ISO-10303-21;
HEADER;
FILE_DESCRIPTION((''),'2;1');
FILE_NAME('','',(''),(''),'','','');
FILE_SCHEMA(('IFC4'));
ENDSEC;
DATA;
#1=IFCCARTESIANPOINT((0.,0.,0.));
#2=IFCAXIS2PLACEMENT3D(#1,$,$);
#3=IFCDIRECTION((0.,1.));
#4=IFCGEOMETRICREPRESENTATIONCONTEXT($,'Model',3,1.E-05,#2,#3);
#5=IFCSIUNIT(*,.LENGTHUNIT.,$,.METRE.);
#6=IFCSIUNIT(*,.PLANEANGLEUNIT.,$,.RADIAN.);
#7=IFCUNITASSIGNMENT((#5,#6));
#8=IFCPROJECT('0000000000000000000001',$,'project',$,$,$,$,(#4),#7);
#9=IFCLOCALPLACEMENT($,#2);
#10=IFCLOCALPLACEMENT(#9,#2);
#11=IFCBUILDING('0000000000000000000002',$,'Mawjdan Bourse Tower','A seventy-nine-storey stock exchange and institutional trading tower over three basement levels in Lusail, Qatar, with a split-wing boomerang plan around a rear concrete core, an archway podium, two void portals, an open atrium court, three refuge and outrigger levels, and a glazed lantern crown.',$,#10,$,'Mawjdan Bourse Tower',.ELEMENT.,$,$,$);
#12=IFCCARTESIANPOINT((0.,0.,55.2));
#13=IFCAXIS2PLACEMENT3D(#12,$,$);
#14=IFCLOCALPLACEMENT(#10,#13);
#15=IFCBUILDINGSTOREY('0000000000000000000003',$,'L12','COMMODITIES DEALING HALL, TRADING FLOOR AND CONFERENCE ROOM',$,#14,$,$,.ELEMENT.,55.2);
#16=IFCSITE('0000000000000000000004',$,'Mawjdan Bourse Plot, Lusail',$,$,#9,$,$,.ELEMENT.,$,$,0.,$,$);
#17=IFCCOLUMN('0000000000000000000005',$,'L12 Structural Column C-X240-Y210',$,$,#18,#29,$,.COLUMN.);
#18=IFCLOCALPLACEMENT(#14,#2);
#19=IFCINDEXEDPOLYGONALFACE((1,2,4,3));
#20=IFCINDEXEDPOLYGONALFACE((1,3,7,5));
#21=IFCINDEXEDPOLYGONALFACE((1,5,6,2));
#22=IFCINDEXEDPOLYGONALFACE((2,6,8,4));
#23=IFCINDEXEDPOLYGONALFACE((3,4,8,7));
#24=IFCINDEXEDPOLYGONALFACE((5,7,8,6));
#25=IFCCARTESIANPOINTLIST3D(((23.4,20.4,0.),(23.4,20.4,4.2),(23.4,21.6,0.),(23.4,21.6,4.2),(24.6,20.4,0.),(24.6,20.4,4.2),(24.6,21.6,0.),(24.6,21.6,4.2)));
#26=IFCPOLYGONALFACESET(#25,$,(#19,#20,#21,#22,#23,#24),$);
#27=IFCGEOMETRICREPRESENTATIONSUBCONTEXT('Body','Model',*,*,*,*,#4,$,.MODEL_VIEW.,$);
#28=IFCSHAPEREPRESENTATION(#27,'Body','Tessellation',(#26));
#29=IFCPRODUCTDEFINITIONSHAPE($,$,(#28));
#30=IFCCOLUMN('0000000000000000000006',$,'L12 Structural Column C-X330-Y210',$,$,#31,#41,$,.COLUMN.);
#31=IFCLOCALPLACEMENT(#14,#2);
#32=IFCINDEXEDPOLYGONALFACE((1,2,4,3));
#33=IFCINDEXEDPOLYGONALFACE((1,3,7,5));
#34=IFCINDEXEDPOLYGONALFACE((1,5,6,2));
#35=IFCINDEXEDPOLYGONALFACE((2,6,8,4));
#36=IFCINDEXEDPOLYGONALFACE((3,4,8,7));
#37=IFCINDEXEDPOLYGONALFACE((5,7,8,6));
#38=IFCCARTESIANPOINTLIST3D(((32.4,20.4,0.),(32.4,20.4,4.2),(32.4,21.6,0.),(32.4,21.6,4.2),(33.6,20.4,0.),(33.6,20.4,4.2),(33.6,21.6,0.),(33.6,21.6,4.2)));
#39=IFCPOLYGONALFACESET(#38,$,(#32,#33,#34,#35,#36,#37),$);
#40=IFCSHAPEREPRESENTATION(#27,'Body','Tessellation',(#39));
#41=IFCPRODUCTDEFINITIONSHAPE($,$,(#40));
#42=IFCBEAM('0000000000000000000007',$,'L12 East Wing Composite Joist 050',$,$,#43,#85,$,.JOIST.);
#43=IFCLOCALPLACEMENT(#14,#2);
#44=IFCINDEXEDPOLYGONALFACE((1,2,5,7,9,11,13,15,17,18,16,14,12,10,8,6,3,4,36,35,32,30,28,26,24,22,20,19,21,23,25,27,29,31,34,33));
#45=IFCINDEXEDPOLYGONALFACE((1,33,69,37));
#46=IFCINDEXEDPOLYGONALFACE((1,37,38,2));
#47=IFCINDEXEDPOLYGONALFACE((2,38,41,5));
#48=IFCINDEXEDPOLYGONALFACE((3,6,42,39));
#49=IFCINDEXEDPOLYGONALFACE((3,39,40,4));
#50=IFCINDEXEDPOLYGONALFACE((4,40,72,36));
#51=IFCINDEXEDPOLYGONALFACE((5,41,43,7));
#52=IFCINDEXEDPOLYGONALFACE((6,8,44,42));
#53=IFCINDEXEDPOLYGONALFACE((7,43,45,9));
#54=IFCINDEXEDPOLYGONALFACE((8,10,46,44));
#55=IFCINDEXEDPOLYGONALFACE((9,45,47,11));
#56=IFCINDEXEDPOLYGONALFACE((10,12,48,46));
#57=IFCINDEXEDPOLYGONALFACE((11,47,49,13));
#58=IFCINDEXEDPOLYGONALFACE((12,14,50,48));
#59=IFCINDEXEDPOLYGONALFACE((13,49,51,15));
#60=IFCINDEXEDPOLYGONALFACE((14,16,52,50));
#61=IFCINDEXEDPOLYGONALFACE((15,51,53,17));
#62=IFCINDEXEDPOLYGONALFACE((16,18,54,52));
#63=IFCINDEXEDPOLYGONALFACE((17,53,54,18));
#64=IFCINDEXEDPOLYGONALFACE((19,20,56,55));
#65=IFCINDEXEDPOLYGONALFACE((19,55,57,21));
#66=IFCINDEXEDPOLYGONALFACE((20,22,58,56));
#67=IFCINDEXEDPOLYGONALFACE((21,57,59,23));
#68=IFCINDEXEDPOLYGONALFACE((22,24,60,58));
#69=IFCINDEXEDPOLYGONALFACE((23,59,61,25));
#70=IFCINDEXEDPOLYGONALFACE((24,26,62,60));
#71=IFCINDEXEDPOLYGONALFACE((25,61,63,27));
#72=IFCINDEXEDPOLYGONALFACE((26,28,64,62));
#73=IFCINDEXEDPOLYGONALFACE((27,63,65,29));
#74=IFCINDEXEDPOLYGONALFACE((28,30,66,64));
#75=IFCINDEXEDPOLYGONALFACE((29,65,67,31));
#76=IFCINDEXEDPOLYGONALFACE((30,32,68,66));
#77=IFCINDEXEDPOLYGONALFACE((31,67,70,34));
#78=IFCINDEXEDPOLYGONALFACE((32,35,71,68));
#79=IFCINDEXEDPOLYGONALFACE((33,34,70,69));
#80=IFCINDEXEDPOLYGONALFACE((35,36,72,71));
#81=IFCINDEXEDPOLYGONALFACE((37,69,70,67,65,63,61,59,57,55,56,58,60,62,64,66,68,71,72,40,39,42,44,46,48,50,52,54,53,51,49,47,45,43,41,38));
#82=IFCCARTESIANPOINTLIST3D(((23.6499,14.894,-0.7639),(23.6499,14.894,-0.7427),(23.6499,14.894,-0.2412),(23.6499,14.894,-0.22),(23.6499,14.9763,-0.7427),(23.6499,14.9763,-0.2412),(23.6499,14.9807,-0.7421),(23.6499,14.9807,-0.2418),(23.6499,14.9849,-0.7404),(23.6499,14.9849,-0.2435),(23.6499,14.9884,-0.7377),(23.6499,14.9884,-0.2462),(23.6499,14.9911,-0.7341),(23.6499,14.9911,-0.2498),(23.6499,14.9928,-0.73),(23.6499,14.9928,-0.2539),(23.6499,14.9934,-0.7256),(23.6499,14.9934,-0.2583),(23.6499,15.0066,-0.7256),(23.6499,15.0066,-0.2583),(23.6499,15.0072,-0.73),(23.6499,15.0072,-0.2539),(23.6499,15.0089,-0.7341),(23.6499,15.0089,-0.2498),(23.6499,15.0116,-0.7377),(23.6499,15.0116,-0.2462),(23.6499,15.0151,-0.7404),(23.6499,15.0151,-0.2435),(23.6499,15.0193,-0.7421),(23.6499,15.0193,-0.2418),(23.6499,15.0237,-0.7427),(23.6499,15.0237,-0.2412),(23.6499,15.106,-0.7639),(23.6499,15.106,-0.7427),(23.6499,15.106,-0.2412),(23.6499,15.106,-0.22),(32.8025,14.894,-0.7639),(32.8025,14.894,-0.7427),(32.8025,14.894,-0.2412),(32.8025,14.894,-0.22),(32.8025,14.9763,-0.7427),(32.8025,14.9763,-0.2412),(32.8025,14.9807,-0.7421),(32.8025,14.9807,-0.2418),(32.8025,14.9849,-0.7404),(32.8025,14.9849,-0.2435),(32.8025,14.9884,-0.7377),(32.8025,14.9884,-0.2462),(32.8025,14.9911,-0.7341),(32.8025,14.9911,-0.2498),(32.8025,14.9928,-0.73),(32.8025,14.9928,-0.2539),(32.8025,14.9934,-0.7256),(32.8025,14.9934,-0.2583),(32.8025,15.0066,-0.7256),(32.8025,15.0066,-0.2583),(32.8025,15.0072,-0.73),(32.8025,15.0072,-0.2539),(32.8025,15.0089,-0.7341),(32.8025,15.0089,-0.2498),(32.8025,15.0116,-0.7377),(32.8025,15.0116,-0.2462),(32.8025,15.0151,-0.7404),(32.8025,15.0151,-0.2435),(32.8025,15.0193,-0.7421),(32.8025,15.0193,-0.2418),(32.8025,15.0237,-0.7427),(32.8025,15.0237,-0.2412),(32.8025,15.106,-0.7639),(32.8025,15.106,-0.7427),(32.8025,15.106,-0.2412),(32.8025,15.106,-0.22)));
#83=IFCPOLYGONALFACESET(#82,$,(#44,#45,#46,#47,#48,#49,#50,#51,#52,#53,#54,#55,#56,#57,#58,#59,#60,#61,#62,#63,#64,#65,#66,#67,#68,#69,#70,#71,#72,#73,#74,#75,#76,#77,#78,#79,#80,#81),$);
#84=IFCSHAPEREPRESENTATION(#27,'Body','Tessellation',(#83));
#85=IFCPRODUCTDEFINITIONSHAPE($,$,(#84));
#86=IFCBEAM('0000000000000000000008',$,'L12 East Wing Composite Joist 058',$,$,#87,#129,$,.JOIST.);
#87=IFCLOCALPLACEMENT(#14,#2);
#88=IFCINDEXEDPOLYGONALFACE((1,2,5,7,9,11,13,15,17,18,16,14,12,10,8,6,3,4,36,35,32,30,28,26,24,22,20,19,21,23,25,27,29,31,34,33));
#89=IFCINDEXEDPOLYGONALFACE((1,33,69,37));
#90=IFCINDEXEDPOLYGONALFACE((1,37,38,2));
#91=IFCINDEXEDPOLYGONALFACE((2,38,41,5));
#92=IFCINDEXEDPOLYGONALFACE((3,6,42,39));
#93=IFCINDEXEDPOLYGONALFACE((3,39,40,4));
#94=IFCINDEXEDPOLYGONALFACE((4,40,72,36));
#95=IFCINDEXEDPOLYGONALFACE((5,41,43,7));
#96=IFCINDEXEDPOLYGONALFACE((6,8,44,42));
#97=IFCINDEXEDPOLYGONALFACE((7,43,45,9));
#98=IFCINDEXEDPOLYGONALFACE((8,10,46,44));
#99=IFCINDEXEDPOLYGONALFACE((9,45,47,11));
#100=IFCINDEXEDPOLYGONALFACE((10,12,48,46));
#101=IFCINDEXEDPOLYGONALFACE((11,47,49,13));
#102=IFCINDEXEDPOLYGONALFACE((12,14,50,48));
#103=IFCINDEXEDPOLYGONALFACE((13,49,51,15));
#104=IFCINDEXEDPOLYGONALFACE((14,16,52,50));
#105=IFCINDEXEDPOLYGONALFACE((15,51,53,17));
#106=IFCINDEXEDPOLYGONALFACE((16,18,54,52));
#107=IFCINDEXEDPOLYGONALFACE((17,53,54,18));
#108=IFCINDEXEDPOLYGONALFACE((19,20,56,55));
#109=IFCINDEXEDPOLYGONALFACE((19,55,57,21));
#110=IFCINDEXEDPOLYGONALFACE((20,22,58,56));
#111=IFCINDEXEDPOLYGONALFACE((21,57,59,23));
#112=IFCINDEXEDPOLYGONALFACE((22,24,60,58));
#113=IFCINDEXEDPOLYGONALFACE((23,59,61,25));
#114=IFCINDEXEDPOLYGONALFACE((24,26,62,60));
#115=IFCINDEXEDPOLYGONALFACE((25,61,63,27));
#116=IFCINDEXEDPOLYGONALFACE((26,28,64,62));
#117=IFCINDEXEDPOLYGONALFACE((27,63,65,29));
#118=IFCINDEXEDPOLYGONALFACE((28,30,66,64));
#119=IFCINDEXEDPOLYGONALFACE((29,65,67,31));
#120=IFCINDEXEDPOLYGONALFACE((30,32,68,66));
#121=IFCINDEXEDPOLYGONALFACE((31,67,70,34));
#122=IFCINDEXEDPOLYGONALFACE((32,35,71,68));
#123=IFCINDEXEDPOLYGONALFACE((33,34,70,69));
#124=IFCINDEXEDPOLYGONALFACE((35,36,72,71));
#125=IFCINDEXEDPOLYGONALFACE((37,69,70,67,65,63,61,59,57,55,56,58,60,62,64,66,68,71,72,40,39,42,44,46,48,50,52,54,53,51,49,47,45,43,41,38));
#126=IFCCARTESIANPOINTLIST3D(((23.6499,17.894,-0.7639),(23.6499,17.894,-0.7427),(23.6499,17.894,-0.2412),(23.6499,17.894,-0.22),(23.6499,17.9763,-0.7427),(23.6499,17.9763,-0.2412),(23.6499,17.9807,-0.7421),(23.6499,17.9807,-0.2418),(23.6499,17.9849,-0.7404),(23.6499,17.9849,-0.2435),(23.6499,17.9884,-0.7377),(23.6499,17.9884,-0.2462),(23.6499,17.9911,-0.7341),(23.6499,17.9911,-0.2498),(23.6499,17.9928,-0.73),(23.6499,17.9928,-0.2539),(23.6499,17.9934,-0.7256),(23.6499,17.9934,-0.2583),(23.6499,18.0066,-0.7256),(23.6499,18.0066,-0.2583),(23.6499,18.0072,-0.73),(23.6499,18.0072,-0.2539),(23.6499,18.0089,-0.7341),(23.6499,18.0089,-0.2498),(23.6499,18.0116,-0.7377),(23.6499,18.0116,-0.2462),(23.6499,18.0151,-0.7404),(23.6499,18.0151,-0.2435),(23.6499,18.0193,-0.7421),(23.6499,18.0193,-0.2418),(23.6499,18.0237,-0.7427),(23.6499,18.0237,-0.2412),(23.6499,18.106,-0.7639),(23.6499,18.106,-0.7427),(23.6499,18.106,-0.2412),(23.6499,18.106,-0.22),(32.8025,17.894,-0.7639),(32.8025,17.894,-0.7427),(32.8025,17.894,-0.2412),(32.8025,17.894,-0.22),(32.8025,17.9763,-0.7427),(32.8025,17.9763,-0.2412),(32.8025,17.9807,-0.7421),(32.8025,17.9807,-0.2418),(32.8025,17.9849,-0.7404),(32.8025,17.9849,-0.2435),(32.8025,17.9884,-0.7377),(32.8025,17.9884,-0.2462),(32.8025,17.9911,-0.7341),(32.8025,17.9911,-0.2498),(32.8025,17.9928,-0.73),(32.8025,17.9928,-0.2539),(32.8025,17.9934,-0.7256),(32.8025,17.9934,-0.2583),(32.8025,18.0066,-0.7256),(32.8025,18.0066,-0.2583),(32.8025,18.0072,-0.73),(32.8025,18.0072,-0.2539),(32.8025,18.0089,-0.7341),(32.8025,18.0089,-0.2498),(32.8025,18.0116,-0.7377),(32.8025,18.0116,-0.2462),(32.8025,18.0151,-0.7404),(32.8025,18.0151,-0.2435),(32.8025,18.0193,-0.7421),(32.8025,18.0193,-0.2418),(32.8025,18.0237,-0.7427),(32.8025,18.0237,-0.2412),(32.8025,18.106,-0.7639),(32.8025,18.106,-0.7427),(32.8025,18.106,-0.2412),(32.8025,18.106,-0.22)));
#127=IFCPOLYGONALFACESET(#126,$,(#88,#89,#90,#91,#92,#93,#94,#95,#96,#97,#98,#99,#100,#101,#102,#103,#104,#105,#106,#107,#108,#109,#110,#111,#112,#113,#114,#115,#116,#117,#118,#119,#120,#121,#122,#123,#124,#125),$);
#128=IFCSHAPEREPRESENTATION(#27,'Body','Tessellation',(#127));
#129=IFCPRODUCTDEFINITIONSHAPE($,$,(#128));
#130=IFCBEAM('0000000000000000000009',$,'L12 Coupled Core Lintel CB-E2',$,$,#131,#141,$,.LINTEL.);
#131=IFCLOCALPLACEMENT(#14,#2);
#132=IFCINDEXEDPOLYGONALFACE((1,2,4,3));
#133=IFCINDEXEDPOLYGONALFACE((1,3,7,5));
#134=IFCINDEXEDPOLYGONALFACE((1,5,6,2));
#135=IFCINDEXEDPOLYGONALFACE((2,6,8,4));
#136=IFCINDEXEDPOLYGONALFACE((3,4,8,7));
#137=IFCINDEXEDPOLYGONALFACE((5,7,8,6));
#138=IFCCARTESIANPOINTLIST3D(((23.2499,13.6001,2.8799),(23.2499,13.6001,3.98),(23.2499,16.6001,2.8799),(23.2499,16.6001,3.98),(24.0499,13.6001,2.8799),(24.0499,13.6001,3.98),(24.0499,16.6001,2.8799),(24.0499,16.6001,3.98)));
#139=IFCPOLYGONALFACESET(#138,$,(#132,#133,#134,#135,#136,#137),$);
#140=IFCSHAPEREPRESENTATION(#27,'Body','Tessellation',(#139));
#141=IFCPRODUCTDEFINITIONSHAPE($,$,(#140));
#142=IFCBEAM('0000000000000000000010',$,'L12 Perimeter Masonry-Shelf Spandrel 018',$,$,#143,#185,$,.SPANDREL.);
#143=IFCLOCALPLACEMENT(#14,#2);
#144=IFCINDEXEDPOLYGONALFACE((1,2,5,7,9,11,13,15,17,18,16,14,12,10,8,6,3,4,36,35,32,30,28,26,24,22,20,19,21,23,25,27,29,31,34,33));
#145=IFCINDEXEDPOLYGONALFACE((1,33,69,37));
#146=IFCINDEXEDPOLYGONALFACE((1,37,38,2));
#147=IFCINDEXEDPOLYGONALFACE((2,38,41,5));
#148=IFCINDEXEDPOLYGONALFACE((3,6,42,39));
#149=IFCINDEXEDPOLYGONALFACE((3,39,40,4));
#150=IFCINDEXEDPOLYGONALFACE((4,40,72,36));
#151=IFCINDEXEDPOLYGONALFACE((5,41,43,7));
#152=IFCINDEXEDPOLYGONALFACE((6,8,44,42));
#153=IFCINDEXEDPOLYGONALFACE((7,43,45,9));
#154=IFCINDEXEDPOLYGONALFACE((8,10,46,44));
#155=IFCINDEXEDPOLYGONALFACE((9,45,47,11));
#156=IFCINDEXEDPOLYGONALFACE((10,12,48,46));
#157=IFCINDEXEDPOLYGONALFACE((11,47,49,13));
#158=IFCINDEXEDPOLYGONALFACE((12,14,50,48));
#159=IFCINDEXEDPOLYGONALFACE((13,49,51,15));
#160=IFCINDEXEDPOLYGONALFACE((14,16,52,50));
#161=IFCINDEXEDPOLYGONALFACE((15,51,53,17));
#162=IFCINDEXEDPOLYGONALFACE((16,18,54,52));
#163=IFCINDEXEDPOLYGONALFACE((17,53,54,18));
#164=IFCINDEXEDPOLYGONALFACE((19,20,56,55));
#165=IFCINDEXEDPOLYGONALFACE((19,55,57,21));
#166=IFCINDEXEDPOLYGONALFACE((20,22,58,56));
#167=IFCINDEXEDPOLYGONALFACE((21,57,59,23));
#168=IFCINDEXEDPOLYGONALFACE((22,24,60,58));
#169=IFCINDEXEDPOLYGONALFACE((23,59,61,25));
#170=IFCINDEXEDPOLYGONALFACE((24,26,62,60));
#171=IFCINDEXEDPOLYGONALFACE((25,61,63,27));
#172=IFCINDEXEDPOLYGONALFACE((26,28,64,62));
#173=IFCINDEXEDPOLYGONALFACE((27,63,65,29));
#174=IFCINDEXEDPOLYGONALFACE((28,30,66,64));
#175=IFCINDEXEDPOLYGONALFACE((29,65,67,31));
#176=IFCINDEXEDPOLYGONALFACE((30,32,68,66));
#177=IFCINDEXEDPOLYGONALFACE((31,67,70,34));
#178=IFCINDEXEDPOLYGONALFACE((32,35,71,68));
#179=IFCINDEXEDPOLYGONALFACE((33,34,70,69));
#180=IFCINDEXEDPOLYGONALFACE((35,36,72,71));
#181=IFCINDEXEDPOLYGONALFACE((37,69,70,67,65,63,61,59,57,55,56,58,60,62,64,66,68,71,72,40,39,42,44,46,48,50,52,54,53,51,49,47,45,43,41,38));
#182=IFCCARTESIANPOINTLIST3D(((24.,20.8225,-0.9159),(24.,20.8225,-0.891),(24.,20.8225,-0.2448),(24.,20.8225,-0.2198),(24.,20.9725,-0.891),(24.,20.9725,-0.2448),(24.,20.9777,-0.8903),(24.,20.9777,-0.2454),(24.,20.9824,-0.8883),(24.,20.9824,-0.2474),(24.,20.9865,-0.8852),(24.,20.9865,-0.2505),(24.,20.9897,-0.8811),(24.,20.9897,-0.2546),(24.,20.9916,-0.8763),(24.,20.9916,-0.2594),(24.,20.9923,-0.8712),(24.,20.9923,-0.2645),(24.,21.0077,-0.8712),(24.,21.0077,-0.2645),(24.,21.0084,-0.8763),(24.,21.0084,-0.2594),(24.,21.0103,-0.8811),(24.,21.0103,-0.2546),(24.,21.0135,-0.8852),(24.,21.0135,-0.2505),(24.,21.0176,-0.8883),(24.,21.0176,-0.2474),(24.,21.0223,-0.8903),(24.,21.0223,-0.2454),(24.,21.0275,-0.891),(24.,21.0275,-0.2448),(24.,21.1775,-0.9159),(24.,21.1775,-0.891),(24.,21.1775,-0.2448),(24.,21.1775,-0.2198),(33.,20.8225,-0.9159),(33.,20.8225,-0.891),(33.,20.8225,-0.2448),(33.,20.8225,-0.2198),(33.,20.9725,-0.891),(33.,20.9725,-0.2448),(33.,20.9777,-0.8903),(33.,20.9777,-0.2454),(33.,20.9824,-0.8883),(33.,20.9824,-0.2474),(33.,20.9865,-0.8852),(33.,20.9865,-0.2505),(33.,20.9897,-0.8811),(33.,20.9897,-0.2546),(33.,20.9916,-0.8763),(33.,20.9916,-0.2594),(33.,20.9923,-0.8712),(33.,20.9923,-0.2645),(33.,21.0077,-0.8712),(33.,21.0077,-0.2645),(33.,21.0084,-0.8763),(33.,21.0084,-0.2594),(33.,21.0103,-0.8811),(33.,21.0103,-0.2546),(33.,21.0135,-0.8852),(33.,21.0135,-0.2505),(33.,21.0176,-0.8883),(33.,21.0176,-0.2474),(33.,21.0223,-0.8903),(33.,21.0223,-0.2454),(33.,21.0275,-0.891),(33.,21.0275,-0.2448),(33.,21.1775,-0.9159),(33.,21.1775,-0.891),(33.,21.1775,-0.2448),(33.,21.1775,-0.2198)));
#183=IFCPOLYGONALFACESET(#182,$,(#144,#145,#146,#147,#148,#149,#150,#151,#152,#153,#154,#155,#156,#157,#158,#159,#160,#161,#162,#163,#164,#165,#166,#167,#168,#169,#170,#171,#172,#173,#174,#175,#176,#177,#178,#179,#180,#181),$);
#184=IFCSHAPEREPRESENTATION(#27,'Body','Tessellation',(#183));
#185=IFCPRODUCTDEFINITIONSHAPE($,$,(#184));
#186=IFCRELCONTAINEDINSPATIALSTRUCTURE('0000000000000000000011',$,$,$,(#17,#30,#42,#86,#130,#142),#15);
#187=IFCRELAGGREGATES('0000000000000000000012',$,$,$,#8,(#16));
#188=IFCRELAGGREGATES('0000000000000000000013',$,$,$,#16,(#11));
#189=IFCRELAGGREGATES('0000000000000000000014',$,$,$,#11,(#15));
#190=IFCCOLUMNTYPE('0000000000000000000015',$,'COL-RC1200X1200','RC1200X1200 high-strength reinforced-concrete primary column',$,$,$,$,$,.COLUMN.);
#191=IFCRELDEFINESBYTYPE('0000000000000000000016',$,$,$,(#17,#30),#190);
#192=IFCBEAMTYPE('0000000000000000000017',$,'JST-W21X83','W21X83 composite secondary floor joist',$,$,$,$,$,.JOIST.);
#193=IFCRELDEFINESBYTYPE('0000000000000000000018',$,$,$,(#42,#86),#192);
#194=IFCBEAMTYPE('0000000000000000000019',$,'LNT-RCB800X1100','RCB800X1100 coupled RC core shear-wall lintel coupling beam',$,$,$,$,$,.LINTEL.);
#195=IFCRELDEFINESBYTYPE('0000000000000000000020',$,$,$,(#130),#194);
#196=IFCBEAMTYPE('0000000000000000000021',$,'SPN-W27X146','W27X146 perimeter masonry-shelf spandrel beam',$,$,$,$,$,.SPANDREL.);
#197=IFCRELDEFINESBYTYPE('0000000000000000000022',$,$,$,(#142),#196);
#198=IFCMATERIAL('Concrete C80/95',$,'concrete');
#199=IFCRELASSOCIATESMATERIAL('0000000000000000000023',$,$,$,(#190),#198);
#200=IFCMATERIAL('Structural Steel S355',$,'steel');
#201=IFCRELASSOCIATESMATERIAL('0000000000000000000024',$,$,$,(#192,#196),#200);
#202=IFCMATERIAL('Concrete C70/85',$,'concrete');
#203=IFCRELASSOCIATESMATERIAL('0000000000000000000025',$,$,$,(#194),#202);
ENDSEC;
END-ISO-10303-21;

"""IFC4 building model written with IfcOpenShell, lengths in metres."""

from ifc_helpers import new_model, si_unit, direction, frame, origin, origin_2d, place, context, subcontext, project, spatial, rectangle, i_section, extrude, material, material_profile, profile_set, type_object, element, save


model = new_model("IFC4")

# Units and contexts
model_context = context("Model", 3, precision=1e-05, world=origin(), true_north=direction((0.0, 1.0)))
body_context = subcontext(model_context, "Body", "Model", "MODEL_VIEW")
ifc_project = project(units=[si_unit("LENGTHUNIT", "METRE"), si_unit("PLANEANGLEUNIT", "RADIAN")], contexts=[model_context])

# Site, building, storey
site_placement = place(None, origin())
site = spatial("IfcSite", under=ifc_project, at=site_placement, Name="Mawjdan Bourse Plot, Lusail", CompositionType="ELEMENT", RefElevation=0.0)
building_placement = place(site_placement, origin())
building = spatial("IfcBuilding", under=site, at=building_placement, Name="Mawjdan Bourse Tower", Description="A seventy-nine-storey stock exchange and institutional trading tower over three basement levels in Lusail, Qatar, with a split-wing boomerang plan around a rear concrete core, an archway podium, two void portals, an open atrium court, three refuge and outrigger levels, and a glazed lantern crown.", LongName="Mawjdan Bourse Tower", CompositionType="ELEMENT")
storey_placement = place(building_placement, frame((0.0, 0.0, 55.2)))
storey = spatial("IfcBuildingStorey", under=building, at=storey_placement, Name="L12", Description="COMMODITIES DEALING HALL, TRADING FLOOR AND CONFERENCE ROOM", CompositionType="ELEMENT", Elevation=55.2)

# Columns
ifc_material_1 = material(Name="Concrete C80/95", Category="concrete")
ifc_material_profile_1 = material_profile(ifc_material_1, rectangle(XDim=1.2, YDim=1.2, at=origin_2d()), Name="RC1200X1200")
ifc_profile_set_1 = profile_set([ifc_material_profile_1], Name="Concrete C80/95")
column_type = type_object("IfcColumnType", Name="COL-RC1200X1200", Description="RC1200X1200 high-strength reinforced-concrete primary column", PredefinedType="COLUMN", material=ifc_profile_set_1)
for number, where, z_axis, x_axis, name in (
    (1, (24.0, 21.0, 0.0), (0.0, 0.0, 1.0), (1.0, 0.0, 0.0), "L12 Structural Column C-X240-Y210"),
    (2, (33.0, 21.0, 0.0), (0.0, 0.0, 1.0), (1.0, 0.0, 0.0), "L12 Structural Column C-X330-Y210"),
):
    element("IfcColumn", number, at=place(storey_placement, frame(where, z_axis=z_axis, x_axis=x_axis)), inside=storey, type_object=column_type, Name=name, PredefinedType="COLUMN", context=body_context, shape_type="SweptSolid", body=[
        extrude(rectangle(XDim=1.2, YDim=1.2, at=origin_2d()), origin(), (0.0, 0.0, 1.0), 4.2),
    ])

# Beams
ifc_material_2 = material(Name="Structural Steel S355", Category="steel")
ifc_material_profile_2 = material_profile(ifc_material_2, i_section(OverallWidth=0.2119, OverallDepth=0.5439, WebThickness=0.0132, FlangeThickness=0.0212, FilletRadius=0.0171, at=origin_2d()), Name="W21X83")
ifc_profile_set_2 = profile_set([ifc_material_profile_2], Name="Structural Steel S355")
beam_type_1 = type_object("IfcBeamType", Name="JST-W21X83", Description="W21X83 composite secondary floor joist", PredefinedType="JOIST", material=ifc_profile_set_2)
for number, where, z_axis, x_axis, name in (
    (3, (23.6499, 15.0, -0.4919), (1.0, 0.0, 0.0), (0.0, 1.0, 0.0), "L12 East Wing Composite Joist 050"),
    (4, (23.6499, 18.0, -0.4919), (1.0, 0.0, 0.0), (0.0, 1.0, 0.0), "L12 East Wing Composite Joist 058"),
):
    element("IfcBeam", number, at=place(storey_placement, frame(where, z_axis=z_axis, x_axis=x_axis)), inside=storey, type_object=beam_type_1, Name=name, PredefinedType="JOIST", context=body_context, shape_type="SweptSolid", body=[
        extrude(i_section(OverallWidth=0.2119, OverallDepth=0.5439, WebThickness=0.0132, FlangeThickness=0.0212, FilletRadius=0.0171, at=origin_2d()), origin(), (0.0, 0.0, 1.0), 9.1526),
    ])
ifc_material_3 = material(Name="Concrete C70/85", Category="concrete")
ifc_material_profile_3 = material_profile(ifc_material_3, rectangle(XDim=0.8, YDim=1.1001, at=origin_2d()), Name="RCB800X1100")
ifc_profile_set_3 = profile_set([ifc_material_profile_3], Name="Concrete C70/85")
beam_type_2 = type_object("IfcBeamType", Name="LNT-RCB800X1100", Description="RCB800X1100 coupled RC core shear-wall lintel coupling beam", PredefinedType="LINTEL", material=ifc_profile_set_3)
beam_1_placement = place(storey_placement, frame((23.6499, 13.6001, 3.4299), z_axis=(0.0, 1.0, 0.0), x_axis=(-1.0, 0.0, 0.0)))
element("IfcBeam", 5, at=beam_1_placement, inside=storey, type_object=beam_type_2, Name="L12 Coupled Core Lintel CB-E2", PredefinedType="LINTEL", context=body_context, shape_type="SweptSolid", body=[
    extrude(rectangle(XDim=0.8, YDim=1.1001, at=origin_2d()), origin(), (0.0, 0.0, 1.0), 3.0),
])
ifc_material_profile_4 = material_profile(ifc_material_2, i_section(OverallWidth=0.355, OverallDepth=0.696, WebThickness=0.0154, FlangeThickness=0.0249, FilletRadius=0.0198, at=origin_2d()), Name="W27X146")
ifc_profile_set_4 = profile_set([ifc_material_profile_4], Name="Structural Steel S355")
beam_type_3 = type_object("IfcBeamType", Name="SPN-W27X146", Description="W27X146 perimeter masonry-shelf spandrel beam", PredefinedType="SPANDREL", material=ifc_profile_set_4)
beam_2_placement = place(storey_placement, frame((24.0, 21.0, -0.5679), z_axis=(1.0, 0.0, 0.0), x_axis=(0.0, 1.0, 0.0)))
element("IfcBeam", 6, at=beam_2_placement, inside=storey, type_object=beam_type_3, Name="L12 Perimeter Masonry-Shelf Spandrel 018", PredefinedType="SPANDREL", context=body_context, shape_type="SweptSolid", body=[
    extrude(i_section(OverallWidth=0.355, OverallDepth=0.696, WebThickness=0.0154, FlangeThickness=0.0249, FilletRadius=0.0198, at=origin_2d()), origin(), (0.0, 0.0, 1.0), 9.0),
])

save(model, "model.ifc")
